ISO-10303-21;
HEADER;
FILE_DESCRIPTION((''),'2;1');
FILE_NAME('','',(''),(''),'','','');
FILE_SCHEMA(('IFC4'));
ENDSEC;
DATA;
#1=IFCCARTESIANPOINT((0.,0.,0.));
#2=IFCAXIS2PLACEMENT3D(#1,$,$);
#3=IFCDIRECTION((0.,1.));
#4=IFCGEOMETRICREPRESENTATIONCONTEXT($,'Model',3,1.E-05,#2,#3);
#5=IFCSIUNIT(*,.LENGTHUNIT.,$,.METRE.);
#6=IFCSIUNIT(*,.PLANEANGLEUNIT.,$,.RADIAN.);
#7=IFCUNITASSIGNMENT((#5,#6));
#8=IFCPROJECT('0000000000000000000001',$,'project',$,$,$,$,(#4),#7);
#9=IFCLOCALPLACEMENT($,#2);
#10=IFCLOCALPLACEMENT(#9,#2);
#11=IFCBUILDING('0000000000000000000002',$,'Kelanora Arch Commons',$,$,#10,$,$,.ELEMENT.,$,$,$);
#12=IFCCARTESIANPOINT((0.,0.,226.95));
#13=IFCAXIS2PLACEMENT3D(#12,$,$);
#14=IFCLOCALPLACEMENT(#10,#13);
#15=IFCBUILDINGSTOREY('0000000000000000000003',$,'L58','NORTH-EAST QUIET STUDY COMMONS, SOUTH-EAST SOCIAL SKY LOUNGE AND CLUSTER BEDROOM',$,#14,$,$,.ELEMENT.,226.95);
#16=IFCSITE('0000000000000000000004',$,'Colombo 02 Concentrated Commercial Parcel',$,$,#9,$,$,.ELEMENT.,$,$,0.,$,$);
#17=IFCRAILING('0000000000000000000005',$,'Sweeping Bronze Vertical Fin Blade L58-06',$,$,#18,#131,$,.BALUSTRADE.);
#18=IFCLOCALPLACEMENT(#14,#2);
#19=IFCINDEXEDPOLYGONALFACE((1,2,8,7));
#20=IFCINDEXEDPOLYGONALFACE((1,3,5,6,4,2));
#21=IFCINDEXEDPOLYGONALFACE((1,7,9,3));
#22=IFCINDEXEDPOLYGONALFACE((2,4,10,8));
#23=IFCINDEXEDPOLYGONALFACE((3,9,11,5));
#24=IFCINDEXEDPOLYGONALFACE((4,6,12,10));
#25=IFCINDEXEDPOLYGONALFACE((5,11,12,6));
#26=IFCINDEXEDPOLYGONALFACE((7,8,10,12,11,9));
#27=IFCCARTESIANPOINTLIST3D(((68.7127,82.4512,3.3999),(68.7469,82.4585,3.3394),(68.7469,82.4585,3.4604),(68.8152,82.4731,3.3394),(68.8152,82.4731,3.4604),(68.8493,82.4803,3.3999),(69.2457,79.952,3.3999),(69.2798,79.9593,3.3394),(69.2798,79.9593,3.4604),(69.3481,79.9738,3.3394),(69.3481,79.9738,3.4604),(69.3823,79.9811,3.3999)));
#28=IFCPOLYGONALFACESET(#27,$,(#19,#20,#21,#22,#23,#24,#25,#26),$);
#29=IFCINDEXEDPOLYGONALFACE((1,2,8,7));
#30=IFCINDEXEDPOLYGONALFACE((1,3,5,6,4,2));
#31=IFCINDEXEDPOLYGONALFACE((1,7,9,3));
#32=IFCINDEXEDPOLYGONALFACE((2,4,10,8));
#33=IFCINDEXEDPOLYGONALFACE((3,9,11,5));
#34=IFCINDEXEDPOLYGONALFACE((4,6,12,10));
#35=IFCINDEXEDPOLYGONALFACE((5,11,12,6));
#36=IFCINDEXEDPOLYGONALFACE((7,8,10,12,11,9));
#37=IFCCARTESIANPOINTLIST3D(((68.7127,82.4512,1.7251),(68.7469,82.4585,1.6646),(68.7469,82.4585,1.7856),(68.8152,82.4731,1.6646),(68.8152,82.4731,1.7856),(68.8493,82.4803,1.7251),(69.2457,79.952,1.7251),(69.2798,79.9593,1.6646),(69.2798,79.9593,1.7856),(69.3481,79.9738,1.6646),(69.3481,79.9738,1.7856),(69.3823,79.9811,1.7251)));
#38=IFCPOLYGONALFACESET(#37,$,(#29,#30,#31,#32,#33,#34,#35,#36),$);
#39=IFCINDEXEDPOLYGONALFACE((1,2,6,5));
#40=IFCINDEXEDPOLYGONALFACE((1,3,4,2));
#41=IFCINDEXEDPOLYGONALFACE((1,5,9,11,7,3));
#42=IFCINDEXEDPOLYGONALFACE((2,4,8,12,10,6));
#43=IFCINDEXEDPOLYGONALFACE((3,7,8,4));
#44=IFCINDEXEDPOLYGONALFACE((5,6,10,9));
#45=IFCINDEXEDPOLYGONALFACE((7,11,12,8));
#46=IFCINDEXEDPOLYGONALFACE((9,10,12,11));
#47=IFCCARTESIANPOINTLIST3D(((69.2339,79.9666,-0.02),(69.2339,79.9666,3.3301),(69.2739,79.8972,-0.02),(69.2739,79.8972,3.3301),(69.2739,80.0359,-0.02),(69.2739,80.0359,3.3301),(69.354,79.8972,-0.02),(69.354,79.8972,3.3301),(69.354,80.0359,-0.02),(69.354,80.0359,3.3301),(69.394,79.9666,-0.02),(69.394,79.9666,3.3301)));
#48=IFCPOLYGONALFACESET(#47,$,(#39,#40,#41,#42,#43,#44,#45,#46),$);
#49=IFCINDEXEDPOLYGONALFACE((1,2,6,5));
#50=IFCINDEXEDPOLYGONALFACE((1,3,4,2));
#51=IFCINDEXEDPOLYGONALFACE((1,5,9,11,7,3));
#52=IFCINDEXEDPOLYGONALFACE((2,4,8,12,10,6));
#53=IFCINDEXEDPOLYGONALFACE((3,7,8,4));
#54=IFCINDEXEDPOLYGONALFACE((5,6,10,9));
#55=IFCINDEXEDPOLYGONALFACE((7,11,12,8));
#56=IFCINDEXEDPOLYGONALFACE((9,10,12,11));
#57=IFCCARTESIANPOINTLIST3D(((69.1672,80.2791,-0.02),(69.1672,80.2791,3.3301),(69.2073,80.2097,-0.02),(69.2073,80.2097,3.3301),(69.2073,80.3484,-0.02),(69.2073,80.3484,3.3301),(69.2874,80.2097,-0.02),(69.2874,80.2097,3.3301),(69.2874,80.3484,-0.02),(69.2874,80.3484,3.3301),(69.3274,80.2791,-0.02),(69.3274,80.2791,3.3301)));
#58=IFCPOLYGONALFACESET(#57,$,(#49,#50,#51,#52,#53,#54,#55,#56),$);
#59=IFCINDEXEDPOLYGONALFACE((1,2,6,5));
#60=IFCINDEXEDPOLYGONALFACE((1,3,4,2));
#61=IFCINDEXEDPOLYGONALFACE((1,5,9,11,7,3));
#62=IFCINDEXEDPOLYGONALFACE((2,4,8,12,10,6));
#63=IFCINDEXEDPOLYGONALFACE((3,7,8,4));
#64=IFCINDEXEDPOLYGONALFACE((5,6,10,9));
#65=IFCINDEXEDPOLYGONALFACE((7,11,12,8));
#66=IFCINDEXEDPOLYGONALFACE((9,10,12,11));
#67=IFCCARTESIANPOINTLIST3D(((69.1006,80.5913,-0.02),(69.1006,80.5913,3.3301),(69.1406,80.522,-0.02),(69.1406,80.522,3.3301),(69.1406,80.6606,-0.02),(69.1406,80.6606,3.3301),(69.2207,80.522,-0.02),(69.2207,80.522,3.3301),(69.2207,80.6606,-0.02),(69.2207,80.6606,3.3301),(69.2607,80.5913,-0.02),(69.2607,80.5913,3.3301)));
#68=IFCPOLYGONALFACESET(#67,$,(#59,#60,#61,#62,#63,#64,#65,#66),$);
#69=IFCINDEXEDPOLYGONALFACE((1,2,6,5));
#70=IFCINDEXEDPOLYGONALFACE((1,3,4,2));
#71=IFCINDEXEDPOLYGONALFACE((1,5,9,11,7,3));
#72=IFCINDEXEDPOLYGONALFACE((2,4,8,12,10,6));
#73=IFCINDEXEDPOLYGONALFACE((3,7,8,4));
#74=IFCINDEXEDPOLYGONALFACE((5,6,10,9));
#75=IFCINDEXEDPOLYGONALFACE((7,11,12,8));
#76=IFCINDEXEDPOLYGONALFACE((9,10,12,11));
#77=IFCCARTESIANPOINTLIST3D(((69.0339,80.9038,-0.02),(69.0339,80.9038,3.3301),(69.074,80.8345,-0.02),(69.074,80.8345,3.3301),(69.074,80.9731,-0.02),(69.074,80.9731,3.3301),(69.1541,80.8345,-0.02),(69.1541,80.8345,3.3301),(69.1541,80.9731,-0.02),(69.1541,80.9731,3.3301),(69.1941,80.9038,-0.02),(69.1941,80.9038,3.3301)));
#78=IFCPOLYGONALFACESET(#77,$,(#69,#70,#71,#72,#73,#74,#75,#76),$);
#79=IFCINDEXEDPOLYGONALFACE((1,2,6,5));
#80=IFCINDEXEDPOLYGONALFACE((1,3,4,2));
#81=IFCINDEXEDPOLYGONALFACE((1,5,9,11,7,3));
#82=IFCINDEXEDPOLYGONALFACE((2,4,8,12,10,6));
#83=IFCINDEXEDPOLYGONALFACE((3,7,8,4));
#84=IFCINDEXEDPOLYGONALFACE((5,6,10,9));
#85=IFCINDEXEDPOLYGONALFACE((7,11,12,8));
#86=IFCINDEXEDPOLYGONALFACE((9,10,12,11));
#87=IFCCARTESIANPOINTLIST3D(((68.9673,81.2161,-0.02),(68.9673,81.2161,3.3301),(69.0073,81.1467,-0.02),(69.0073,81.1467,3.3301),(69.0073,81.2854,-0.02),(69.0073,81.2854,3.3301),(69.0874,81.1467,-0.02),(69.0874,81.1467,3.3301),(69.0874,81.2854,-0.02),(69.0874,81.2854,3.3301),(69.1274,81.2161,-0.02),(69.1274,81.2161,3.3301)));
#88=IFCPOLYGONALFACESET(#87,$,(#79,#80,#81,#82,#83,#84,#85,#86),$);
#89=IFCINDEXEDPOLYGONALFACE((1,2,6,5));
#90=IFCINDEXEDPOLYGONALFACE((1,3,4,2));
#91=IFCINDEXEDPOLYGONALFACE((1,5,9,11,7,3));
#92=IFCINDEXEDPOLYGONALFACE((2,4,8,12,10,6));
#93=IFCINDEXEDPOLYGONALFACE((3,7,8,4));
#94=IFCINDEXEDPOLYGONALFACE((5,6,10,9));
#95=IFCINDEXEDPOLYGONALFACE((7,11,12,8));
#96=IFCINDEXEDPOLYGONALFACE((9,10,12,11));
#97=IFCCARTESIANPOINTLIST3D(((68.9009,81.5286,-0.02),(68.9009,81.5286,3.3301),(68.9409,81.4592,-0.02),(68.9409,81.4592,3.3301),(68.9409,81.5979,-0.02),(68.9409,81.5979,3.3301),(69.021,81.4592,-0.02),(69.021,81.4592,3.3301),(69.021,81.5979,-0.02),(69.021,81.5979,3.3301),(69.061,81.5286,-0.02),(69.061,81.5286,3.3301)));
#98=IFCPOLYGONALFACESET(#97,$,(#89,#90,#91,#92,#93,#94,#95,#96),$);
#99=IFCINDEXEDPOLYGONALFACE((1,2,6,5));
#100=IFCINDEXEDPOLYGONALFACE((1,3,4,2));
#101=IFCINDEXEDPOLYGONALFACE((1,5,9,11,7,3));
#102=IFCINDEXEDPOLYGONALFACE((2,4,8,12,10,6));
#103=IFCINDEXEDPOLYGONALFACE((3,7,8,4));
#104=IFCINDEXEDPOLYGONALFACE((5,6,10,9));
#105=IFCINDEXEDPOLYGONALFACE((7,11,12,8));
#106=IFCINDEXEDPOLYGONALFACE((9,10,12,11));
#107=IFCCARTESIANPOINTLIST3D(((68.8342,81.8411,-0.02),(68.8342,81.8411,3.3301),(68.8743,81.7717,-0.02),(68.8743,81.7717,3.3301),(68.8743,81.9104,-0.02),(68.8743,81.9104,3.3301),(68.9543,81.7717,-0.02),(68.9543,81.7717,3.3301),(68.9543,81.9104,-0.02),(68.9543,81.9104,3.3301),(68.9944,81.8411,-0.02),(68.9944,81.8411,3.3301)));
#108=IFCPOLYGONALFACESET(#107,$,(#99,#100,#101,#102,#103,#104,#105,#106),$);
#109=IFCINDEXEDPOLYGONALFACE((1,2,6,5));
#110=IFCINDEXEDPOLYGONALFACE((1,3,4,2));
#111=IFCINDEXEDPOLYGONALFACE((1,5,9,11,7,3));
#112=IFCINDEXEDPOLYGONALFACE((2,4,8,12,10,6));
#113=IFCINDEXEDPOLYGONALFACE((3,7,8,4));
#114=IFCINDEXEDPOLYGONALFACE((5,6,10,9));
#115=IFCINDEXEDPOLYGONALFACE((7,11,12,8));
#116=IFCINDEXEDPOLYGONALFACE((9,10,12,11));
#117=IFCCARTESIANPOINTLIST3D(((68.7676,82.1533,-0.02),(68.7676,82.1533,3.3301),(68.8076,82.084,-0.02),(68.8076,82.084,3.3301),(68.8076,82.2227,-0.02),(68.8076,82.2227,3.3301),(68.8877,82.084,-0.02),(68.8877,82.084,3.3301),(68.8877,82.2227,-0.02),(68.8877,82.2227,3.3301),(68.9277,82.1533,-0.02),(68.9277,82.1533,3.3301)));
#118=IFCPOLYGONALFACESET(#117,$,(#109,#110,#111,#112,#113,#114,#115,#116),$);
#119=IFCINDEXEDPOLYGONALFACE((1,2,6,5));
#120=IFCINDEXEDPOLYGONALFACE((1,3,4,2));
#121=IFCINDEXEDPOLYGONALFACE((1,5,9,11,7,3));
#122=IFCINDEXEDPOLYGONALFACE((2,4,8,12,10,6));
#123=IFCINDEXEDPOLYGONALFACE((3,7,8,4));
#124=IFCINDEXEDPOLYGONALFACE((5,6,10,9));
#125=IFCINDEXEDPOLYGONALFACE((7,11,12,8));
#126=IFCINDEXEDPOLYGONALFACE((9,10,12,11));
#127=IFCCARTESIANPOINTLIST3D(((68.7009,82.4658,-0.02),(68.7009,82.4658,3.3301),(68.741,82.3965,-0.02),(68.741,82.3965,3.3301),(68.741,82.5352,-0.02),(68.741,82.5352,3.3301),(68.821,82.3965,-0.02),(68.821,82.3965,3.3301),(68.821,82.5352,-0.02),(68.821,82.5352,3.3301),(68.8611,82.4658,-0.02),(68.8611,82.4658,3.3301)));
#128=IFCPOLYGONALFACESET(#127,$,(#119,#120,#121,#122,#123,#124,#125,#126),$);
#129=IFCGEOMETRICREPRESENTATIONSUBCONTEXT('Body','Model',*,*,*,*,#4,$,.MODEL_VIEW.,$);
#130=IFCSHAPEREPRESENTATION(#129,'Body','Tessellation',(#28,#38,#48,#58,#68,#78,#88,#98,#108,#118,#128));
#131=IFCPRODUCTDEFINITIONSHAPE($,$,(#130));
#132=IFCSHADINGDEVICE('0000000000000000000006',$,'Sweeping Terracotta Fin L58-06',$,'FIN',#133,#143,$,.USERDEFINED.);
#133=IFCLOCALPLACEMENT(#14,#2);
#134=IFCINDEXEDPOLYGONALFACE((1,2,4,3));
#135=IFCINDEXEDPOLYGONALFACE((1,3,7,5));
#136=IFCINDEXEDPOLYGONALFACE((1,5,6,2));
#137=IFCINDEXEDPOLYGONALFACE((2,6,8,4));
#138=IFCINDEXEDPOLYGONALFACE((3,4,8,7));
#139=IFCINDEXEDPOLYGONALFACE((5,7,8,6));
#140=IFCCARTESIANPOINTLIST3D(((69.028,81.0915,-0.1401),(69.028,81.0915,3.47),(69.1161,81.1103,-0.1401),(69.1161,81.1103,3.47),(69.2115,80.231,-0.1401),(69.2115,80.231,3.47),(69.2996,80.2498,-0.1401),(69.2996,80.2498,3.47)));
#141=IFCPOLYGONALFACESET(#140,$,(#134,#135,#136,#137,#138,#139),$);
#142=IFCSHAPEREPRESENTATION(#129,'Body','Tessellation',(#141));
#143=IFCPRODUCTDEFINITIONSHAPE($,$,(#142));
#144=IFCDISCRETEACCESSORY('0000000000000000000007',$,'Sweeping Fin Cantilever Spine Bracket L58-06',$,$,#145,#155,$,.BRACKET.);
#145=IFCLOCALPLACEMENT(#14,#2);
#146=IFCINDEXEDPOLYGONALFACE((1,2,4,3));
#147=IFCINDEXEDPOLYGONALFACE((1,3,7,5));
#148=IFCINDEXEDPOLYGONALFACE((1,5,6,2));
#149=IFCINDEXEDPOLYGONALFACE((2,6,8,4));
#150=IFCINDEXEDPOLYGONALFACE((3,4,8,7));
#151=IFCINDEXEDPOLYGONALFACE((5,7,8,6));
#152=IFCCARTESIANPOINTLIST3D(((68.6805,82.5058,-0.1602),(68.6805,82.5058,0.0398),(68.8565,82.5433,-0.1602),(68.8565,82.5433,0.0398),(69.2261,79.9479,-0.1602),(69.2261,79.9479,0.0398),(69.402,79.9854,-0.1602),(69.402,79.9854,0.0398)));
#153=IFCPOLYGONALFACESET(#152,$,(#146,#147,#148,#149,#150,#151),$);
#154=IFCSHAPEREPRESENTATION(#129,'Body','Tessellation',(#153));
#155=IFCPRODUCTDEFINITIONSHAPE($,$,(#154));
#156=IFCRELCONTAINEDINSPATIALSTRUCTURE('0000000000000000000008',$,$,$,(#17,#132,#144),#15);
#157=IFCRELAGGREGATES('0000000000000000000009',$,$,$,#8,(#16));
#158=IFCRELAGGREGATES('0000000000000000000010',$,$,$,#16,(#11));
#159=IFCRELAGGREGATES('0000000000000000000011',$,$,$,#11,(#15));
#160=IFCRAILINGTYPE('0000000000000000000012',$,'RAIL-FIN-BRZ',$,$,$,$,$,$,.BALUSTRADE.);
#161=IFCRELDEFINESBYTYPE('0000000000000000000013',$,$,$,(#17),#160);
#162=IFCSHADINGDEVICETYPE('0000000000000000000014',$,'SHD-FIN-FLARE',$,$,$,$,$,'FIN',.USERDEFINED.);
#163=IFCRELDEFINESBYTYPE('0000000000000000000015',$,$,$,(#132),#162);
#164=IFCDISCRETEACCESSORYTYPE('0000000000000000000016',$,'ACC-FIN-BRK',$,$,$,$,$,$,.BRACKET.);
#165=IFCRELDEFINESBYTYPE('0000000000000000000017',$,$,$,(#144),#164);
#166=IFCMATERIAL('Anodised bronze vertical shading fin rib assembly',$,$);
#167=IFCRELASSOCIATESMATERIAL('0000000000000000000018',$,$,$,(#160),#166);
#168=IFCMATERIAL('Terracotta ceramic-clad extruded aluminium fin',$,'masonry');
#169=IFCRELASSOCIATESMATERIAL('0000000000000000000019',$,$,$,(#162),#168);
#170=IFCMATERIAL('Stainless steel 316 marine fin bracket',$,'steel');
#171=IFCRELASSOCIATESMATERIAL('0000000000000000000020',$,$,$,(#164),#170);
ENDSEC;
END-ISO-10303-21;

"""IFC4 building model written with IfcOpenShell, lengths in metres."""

from ifc_helpers import new_model, si_unit, direction, frame, origin, origin_2d, place, context, subcontext, project, spatial, polyline, rectangle, outline, extrude, source, transform, mapped, material, type_object, element, save


model = new_model("IFC4")

# Units and contexts
model_context = context("Model", 3, precision=1e-05, world=origin(), true_north=direction((0.0, 1.0)))
body_context = subcontext(model_context, "Body", "Model", "MODEL_VIEW")
ifc_project = project(units=[si_unit("LENGTHUNIT", "METRE"), si_unit("PLANEANGLEUNIT", "RADIAN")], contexts=[model_context])

# Site, building, storey
site_placement = place(None, origin())
site = spatial("IfcSite", under=ifc_project, at=site_placement, Name="Colombo 02 Concentrated Commercial Parcel", CompositionType="ELEMENT", RefElevation=0.0)
building_placement = place(site_placement, origin())
building = spatial("IfcBuilding", under=site, at=building_placement, Name="Kelanora Arch Commons", CompositionType="ELEMENT")
storey_placement = place(building_placement, frame((0.0, 0.0, 226.95)))
storey = spatial("IfcBuildingStorey", under=building, at=storey_placement, Name="L58", Description="NORTH-EAST QUIET STUDY COMMONS, SOUTH-EAST SOCIAL SKY LOUNGE AND CLUSTER BEDROOM", CompositionType="ELEMENT", Elevation=226.95)

# Railing
ifc_material_1 = material(Name="Anodised bronze vertical shading fin rib assembly")
railing_type = type_object("IfcRailingType", Name="RAIL-FIN-BRZ", PredefinedType="BALUSTRADE", material=ifc_material_1)
railing_placement = place(storey_placement, frame((69.314, 79.9666, -0.02)))
element("IfcRailing", 1, at=railing_placement, inside=storey, type_object=railing_type, Name="Sweeping Bronze Vertical Fin Blade L58-06", PredefinedType="BALUSTRADE", context=body_context, shape_type="SweptSolid", body=[
    extrude(outline(polyline([(0.0698, 0.0), (0.0349, 0.0605), (-0.0349, 0.0605), (-0.0698, 0.0), (-0.0349, -0.0605), (0.0349, -0.0605), (0.0698, 0.0)])), frame((0.0, 0.0, 3.4199), z_axis=(-0.208557, 0.97801, 0.0), x_axis=(-0.97801, -0.208557, 0.0)), (0.0, 0.0, 1.0), 2.5554),
    extrude(outline(polyline([(0.0698, 0.0), (0.0349, 0.0605), (-0.0349, 0.0605), (-0.0698, 0.0), (-0.0349, -0.0605), (0.0349, -0.0605), (0.0698, 0.0)])), frame((0.0, 0.0, 1.7451), z_axis=(-0.208557, 0.97801, 0.0), x_axis=(-0.97801, -0.208557, 0.0)), (0.0, 0.0, 1.0), 2.5554),
    extrude(outline(polyline([(0.0801, 0.0), (0.04, 0.0693), (-0.04, 0.0693), (-0.0801, 0.0), (-0.04, -0.0693), (0.04, -0.0693), (0.0801, 0.0)])), origin(), (0.0, 0.0, 1.0), 3.3501),
    extrude(outline(polyline([(0.0801, 0.0), (0.04, 0.0693), (-0.04, 0.0693), (-0.0801, 0.0), (-0.04, -0.0693), (0.04, -0.0693), (0.0801, 0.0)])), frame((-0.0667, 0.3125, 0.0)), (0.0, 0.0, 1.0), 3.3501),
    extrude(outline(polyline([(0.0801, 0.0), (0.04, 0.0693), (-0.04, 0.0693), (-0.0801, 0.0), (-0.04, -0.0693), (0.04, -0.0693), (0.0801, 0.0)])), frame((-0.1333, 0.6248, 0.0)), (0.0, 0.0, 1.0), 3.3501),
    extrude(outline(polyline([(0.0801, 0.0), (0.04, 0.0693), (-0.04, 0.0693), (-0.0801, 0.0), (-0.04, -0.0693), (0.04, -0.0693), (0.0801, 0.0)])), frame((-0.2, 0.9373, 0.0)), (0.0, 0.0, 1.0), 3.3501),
    extrude(outline(polyline([(0.0801, 0.0), (0.04, 0.0693), (-0.04, 0.0693), (-0.0801, 0.0), (-0.04, -0.0693), (0.04, -0.0693), (0.0801, 0.0)])), frame((-0.2666, 1.2495, 0.0)), (0.0, 0.0, 1.0), 3.3501),
    extrude(outline(polyline([(0.0801, 0.0), (0.04, 0.0693), (-0.04, 0.0693), (-0.0801, 0.0), (-0.04, -0.0693), (0.04, -0.0693), (0.0801, 0.0)])), frame((-0.333, 1.562, 0.0)), (0.0, 0.0, 1.0), 3.3501),
    extrude(outline(polyline([(0.0801, 0.0), (0.04, 0.0693), (-0.04, 0.0693), (-0.0801, 0.0), (-0.04, -0.0693), (0.04, -0.0693), (0.0801, 0.0)])), frame((-0.3997, 1.8745, 0.0)), (0.0, 0.0, 1.0), 3.3501),
    extrude(outline(polyline([(0.0801, 0.0), (0.04, 0.0693), (-0.04, 0.0693), (-0.0801, 0.0), (-0.04, -0.0693), (0.04, -0.0693), (0.0801, 0.0)])), frame((-0.4663, 2.1868, 0.0)), (0.0, 0.0, 1.0), 3.3501),
    extrude(outline(polyline([(0.0801, 0.0), (0.04, 0.0693), (-0.04, 0.0693), (-0.0801, 0.0), (-0.04, -0.0693), (0.04, -0.0693), (0.0801, 0.0)])), frame((-0.533, 2.4993, 0.0)), (0.0, 0.0, 1.0), 3.3501),
])

# Shading device
ifc_material_2 = material(Name="Terracotta ceramic-clad extruded aluminium fin", Category="masonry")
shading_device_type = type_object("IfcShadingDeviceType", Name="SHD-FIN-FLARE", ElementType="FIN", PredefinedType="USERDEFINED", material=ifc_material_2)
shared_shape_1 = source(origin(), body_context, "Body", "SweptSolid", [
    extrude(rectangle(XDim=0.8799, YDim=0.0901, at=origin_2d()), origin(), (0.0, 0.0, 1.0), 3.6101),
])
shading_device_placement = place(storey_placement, frame((69.1638, 80.6707, -0.1401), z_axis=(0.0, 0.0, 1.0), x_axis=(-0.208595, 0.978002, 0.0)))
element("IfcShadingDevice", 2, at=shading_device_placement, inside=storey, type_object=shading_device_type, Name="Sweeping Terracotta Fin L58-06", ObjectType="FIN", PredefinedType="USERDEFINED", context=body_context, shape_type="MappedRepresentation", body=[
    mapped(shared_shape_1, transform((0.0, 0.0, 0.0), scale=1.0)),
])

# Discrete accessory
ifc_material_3 = material(Name="Stainless steel 316 marine fin bracket", Category="steel")
discrete_accessory_type = type_object("IfcDiscreteAccessoryType", Name="ACC-FIN-BRK", PredefinedType="BRACKET", material=ifc_material_3)
shared_shape_2 = source(origin(), body_context, "Body", "SweptSolid", [
    extrude(rectangle(XDim=2.6155, YDim=0.1799, at=origin_2d()), origin(), (0.0, 0.0, 1.0), 0.2),
])
discrete_accessory_placement = place(storey_placement, frame((69.0413, 81.2456, -0.1602), z_axis=(0.0, 0.0, 1.0), x_axis=(-0.208595, 0.978002, 0.0)))
element("IfcDiscreteAccessory", 3, at=discrete_accessory_placement, inside=storey, type_object=discrete_accessory_type, Name="Sweeping Fin Cantilever Spine Bracket L58-06", PredefinedType="BRACKET", context=body_context, shape_type="MappedRepresentation", body=[
    mapped(shared_shape_2, transform((0.0, 0.0, 0.0), scale=1.0)),
])

save(model, "model.ifc")
